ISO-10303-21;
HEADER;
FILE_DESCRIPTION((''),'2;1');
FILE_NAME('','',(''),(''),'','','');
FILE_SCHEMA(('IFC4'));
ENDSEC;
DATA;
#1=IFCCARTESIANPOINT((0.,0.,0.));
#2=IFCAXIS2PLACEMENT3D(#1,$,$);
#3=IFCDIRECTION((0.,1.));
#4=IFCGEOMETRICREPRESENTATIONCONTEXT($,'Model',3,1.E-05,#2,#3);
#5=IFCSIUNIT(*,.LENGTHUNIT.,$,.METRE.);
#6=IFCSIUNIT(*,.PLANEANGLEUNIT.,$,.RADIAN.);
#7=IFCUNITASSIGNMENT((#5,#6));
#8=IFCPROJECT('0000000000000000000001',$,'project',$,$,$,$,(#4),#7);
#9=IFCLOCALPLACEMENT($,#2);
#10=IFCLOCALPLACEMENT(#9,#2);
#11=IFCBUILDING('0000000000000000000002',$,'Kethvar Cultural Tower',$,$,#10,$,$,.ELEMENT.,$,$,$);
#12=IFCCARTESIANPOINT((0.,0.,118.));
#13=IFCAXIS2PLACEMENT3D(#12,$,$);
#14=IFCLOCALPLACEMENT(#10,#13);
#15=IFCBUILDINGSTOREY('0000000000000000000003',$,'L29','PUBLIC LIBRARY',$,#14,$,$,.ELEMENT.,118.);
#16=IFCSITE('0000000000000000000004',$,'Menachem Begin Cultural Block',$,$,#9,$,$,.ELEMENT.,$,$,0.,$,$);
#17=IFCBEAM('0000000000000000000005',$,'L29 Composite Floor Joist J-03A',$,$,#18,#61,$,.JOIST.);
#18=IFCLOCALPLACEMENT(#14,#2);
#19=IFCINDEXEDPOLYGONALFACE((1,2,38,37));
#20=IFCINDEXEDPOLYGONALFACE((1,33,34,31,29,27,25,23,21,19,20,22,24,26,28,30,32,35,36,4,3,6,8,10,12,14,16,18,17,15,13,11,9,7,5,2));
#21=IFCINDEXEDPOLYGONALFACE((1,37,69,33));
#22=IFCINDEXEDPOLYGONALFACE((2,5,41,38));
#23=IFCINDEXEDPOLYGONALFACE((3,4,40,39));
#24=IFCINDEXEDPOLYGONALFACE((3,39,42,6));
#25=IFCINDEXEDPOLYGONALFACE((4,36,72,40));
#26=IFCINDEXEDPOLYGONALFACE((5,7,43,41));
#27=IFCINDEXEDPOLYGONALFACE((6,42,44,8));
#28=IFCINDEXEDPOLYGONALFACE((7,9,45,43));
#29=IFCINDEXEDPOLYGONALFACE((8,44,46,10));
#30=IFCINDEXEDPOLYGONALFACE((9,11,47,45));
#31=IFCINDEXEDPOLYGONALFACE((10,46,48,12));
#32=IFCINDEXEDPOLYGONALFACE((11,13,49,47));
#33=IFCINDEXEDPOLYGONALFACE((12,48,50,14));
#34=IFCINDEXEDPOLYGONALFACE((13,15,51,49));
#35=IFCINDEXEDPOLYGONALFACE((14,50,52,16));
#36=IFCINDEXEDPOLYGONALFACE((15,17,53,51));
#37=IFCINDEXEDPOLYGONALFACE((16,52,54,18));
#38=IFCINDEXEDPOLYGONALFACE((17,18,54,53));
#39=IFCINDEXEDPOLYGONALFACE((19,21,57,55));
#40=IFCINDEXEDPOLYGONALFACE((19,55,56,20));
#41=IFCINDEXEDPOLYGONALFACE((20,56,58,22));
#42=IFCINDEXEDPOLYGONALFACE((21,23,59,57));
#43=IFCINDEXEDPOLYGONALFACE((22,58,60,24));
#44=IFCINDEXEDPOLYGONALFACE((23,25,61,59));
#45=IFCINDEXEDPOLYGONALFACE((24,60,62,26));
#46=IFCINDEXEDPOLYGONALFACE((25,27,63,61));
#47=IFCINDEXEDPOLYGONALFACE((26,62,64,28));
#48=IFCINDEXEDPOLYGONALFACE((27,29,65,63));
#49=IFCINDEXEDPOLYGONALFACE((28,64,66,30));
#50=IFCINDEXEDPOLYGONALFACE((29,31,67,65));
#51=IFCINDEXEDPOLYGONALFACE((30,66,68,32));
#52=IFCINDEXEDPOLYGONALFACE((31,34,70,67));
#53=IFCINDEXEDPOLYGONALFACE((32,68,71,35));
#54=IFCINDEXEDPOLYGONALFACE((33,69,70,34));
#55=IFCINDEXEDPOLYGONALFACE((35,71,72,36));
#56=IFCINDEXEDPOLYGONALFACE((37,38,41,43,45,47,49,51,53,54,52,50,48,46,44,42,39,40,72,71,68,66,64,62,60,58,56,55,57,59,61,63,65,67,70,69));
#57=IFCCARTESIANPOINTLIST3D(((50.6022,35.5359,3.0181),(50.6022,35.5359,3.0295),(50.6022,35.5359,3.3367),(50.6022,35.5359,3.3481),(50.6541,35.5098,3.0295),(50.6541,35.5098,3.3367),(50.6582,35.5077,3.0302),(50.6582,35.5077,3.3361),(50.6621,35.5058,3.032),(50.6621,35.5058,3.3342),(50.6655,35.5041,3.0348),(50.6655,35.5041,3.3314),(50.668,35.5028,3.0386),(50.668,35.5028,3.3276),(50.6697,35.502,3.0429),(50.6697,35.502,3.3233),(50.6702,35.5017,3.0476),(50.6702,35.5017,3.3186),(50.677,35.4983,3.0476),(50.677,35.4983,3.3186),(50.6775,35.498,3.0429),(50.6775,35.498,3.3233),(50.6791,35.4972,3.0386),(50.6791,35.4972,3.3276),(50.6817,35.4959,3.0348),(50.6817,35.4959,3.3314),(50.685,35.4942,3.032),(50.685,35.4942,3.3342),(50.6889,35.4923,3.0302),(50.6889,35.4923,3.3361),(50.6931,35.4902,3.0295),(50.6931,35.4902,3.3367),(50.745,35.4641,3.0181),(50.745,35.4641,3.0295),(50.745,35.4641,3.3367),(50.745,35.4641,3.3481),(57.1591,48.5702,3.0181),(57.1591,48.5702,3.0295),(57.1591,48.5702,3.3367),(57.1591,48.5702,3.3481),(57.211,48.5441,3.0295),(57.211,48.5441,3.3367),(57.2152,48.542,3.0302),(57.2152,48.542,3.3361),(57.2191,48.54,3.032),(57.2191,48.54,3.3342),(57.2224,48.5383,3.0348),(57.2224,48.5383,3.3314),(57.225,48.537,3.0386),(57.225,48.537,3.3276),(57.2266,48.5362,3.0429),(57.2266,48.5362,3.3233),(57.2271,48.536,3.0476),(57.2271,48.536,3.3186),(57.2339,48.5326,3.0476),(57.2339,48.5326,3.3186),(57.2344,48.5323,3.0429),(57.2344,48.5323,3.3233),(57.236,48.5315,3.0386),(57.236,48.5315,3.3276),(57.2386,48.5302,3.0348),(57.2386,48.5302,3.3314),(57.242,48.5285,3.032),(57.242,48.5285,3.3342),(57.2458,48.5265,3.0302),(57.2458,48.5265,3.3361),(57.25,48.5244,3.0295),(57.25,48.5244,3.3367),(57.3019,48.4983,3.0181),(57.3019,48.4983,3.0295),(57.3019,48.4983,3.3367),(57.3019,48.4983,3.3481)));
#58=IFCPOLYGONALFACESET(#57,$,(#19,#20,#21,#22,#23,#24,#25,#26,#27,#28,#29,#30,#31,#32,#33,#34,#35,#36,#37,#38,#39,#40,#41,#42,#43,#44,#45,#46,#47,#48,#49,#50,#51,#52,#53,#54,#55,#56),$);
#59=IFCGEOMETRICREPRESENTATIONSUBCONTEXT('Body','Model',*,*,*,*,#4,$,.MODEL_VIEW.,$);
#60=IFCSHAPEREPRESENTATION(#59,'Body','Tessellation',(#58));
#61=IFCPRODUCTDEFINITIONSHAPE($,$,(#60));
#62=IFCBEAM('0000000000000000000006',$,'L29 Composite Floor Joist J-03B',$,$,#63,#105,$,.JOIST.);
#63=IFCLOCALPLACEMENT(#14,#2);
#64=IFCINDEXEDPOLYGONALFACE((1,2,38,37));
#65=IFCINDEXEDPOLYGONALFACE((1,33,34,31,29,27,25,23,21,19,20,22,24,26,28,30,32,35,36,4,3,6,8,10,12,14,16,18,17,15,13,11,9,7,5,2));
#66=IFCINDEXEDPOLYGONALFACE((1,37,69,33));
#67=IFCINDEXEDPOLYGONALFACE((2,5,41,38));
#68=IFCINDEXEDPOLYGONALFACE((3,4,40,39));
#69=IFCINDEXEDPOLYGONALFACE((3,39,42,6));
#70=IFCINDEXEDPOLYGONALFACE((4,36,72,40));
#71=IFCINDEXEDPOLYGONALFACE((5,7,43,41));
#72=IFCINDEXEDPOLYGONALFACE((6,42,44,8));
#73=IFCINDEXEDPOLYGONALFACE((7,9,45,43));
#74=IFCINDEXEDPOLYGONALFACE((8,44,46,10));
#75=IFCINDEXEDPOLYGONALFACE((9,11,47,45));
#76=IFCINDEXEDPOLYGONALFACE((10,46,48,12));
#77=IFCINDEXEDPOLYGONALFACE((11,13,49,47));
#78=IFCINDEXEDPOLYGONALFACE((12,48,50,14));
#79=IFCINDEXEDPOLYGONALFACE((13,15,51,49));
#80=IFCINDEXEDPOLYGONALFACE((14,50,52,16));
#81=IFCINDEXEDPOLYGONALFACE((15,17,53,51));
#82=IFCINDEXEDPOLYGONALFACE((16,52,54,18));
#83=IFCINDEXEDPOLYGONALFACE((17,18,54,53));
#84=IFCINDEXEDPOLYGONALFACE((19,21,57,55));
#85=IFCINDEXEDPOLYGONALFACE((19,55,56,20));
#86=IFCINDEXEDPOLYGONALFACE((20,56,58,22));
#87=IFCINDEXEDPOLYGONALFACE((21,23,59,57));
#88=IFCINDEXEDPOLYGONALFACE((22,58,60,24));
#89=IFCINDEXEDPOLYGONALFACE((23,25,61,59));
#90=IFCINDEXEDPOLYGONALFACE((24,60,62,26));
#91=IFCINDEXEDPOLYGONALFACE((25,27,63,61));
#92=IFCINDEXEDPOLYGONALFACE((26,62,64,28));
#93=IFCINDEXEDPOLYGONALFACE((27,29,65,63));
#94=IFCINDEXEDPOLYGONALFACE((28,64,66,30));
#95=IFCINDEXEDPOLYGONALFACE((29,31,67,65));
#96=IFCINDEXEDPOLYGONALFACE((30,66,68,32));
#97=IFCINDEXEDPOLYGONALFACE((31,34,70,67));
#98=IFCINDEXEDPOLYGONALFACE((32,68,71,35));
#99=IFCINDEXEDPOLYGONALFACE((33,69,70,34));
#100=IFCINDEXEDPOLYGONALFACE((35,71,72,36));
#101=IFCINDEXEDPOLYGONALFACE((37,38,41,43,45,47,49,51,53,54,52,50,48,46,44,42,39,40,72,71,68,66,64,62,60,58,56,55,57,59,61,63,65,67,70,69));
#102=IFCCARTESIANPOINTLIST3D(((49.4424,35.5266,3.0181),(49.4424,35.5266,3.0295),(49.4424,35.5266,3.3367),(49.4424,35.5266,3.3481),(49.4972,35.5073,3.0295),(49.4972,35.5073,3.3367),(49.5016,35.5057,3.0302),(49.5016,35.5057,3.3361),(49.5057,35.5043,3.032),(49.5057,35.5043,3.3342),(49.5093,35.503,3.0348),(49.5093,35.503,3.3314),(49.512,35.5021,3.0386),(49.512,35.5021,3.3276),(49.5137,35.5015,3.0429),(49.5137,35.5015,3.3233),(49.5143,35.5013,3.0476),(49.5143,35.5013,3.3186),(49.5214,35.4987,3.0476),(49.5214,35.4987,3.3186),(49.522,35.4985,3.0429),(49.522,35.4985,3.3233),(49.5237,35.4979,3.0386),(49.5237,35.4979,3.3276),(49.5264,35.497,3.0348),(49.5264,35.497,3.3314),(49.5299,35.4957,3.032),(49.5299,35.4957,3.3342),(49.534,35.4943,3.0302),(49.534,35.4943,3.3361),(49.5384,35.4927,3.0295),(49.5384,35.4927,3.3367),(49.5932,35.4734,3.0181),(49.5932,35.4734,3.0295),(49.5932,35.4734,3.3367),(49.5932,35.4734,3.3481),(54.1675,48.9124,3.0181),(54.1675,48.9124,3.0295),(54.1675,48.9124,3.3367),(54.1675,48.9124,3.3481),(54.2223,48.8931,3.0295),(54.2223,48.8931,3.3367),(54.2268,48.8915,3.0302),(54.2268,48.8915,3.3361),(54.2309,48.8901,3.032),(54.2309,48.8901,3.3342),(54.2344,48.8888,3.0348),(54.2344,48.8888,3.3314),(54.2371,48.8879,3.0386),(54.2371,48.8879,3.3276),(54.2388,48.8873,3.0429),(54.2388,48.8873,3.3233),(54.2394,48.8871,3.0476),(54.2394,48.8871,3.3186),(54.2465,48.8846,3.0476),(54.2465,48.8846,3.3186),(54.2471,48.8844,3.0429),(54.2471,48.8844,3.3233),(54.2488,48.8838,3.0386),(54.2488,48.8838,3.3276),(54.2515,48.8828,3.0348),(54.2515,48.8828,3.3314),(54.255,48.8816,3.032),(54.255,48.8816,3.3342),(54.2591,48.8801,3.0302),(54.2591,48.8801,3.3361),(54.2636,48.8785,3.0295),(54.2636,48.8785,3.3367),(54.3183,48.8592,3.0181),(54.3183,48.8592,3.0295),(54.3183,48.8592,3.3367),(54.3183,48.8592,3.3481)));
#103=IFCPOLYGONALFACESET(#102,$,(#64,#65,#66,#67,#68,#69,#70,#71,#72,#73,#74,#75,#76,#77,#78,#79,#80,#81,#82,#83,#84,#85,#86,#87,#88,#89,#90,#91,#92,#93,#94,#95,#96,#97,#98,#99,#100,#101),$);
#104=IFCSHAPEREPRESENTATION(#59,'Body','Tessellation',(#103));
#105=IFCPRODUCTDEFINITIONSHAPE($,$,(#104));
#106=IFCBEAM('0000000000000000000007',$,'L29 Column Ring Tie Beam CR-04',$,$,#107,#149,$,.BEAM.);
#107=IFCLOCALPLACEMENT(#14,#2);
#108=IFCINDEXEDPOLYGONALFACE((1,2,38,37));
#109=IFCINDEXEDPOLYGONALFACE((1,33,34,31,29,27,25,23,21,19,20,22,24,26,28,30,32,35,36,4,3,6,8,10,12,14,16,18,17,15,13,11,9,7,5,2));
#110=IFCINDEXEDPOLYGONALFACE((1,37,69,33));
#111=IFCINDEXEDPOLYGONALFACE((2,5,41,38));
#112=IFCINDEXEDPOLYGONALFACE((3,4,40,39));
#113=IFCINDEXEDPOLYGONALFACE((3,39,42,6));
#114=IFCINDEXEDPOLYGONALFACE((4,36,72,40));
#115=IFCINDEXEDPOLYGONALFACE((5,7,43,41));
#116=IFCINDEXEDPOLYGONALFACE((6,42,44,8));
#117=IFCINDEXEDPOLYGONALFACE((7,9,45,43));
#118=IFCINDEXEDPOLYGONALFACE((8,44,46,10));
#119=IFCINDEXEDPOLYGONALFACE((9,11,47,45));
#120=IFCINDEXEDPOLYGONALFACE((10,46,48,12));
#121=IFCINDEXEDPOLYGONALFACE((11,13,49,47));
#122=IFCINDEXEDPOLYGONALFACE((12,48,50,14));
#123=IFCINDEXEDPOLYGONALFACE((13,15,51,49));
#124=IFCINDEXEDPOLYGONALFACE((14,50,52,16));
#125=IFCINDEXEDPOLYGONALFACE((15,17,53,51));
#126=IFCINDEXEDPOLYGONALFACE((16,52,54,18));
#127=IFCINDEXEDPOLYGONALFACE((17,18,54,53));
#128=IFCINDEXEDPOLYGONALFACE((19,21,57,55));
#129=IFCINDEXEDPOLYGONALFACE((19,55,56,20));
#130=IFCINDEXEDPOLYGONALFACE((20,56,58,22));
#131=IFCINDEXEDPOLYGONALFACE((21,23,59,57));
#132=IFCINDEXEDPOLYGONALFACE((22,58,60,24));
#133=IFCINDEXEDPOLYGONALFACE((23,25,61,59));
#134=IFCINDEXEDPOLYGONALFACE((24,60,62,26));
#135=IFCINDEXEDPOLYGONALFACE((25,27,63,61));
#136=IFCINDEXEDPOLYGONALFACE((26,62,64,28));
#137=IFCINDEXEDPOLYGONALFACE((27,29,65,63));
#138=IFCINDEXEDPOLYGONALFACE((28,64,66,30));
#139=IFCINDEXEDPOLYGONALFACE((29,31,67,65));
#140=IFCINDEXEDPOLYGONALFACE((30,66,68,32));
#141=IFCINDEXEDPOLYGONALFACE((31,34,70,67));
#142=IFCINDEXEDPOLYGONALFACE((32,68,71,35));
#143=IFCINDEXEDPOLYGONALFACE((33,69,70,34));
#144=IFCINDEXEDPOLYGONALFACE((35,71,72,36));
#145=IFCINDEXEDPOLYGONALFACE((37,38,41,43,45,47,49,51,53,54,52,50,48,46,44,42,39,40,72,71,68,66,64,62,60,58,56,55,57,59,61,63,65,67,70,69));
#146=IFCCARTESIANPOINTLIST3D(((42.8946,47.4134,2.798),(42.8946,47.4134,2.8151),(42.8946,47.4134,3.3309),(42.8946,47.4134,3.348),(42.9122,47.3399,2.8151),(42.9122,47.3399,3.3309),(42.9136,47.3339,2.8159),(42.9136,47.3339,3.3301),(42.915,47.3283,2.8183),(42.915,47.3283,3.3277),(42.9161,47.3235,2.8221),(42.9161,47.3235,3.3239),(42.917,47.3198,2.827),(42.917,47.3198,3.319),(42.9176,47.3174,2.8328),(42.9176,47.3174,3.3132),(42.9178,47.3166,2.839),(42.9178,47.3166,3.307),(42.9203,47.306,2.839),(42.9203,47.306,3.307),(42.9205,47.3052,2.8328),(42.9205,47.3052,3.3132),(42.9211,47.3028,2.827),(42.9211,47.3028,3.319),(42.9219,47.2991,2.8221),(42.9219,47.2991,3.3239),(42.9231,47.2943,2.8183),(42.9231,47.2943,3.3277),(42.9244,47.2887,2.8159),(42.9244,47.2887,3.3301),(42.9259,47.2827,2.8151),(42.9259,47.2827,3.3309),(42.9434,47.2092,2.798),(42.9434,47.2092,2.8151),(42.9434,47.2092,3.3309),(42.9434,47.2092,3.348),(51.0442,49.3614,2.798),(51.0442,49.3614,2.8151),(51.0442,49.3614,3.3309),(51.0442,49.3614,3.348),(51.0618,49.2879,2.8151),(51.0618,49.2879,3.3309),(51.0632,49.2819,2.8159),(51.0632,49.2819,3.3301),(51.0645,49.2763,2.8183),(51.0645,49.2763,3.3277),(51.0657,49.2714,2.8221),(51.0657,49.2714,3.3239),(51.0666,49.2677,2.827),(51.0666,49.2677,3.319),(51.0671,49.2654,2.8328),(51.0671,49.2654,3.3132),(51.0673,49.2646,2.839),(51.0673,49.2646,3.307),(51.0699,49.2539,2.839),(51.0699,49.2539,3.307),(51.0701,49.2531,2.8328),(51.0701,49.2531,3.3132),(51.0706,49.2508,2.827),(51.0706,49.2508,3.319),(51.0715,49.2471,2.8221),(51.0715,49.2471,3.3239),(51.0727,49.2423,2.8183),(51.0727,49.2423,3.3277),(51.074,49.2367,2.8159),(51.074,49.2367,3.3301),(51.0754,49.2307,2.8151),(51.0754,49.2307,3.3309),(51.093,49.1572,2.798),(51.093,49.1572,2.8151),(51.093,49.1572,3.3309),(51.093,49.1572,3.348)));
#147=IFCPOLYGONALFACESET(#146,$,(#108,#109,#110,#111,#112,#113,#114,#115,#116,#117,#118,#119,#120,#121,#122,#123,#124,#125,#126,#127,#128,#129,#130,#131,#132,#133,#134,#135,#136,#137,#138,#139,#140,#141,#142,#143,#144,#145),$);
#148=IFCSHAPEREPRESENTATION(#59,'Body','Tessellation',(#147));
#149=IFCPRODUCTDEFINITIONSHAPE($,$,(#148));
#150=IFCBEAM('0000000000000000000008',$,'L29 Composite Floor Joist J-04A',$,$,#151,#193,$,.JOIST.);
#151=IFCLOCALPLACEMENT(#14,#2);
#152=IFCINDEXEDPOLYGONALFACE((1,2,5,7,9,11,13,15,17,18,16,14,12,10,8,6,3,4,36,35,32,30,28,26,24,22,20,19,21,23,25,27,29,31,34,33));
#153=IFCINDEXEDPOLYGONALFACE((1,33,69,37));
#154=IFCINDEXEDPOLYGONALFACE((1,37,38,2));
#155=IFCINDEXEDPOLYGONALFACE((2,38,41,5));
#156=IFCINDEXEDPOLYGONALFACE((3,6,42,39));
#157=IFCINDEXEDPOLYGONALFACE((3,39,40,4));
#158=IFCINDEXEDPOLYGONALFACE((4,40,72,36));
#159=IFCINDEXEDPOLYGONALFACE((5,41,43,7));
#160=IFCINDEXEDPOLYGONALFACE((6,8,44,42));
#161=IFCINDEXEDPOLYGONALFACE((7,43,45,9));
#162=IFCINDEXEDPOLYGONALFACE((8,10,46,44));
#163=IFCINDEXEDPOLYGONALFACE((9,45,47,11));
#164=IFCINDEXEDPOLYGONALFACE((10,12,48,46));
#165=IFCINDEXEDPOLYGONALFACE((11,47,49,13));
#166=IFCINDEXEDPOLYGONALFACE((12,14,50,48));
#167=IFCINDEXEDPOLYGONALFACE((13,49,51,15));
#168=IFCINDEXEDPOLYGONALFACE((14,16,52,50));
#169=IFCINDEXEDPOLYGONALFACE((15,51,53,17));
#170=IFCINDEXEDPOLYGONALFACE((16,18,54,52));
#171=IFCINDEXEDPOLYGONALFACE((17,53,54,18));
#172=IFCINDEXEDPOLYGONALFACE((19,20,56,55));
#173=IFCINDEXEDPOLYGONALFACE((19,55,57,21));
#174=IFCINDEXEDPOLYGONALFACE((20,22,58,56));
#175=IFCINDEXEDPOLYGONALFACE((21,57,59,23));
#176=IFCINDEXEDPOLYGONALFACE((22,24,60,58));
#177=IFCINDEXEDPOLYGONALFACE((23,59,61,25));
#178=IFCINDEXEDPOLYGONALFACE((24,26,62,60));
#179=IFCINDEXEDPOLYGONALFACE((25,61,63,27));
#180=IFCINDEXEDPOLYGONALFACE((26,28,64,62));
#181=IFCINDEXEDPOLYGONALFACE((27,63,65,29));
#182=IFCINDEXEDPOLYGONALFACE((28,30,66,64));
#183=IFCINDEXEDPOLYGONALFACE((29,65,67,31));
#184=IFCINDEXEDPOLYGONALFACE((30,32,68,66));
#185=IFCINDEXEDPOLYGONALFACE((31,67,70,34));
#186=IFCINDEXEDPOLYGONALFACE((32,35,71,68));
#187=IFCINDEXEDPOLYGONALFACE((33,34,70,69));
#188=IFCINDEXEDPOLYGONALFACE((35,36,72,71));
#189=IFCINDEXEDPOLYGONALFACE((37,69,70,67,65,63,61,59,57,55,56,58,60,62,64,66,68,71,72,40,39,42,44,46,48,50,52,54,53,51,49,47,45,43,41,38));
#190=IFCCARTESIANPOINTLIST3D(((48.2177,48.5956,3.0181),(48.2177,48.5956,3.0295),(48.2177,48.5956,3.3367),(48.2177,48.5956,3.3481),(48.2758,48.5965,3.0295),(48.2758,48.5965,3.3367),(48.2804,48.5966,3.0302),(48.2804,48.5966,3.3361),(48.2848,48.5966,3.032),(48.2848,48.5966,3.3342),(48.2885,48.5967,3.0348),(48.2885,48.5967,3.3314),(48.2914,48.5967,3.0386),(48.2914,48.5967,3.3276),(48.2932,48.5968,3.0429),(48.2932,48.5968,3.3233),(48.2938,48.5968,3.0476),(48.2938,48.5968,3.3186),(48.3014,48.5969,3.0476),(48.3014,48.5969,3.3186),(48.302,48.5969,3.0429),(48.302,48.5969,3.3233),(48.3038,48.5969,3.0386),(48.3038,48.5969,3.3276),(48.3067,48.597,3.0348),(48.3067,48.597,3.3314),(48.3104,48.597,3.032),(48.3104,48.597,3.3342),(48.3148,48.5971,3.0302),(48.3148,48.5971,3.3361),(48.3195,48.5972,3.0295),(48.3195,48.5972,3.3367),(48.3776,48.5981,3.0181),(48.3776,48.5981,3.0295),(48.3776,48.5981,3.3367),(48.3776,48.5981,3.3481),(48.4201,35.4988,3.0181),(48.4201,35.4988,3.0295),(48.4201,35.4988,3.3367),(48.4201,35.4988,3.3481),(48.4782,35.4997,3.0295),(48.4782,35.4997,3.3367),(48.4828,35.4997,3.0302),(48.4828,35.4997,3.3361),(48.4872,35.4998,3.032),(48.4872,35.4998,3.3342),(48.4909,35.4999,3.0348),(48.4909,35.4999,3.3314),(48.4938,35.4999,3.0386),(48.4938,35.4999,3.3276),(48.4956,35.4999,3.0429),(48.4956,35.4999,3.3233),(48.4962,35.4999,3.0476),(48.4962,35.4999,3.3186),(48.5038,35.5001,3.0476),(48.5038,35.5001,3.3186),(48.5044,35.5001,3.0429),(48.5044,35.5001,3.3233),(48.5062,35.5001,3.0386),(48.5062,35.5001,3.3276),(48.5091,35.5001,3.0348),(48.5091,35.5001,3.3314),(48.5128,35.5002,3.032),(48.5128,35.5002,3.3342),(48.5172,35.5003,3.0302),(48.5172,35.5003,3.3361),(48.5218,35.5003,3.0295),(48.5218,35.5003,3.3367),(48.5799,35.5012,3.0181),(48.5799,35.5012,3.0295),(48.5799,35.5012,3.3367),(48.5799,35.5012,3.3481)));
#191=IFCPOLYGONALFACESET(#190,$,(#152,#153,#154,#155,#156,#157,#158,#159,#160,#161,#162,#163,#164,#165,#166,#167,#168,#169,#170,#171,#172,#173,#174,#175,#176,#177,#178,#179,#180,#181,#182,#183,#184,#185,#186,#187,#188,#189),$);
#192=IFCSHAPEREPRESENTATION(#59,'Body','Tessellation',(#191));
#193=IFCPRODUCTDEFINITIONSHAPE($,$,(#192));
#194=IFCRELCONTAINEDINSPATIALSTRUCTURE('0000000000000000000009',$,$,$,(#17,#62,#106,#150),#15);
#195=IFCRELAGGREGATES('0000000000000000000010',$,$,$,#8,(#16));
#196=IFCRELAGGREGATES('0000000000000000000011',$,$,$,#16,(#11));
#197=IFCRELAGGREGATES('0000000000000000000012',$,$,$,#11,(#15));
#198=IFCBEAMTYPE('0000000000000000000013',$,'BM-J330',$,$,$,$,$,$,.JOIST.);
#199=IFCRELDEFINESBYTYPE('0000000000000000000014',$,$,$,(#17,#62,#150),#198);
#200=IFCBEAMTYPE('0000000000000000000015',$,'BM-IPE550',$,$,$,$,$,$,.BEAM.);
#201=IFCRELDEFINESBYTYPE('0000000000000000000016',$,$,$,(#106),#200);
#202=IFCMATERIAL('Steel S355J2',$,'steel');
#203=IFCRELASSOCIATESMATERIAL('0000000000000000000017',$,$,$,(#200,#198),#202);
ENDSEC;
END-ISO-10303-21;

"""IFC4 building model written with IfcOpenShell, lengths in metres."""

from ifc_helpers import new_model, si_unit, direction, frame, origin, origin_2d, place, context, subcontext, project, spatial, i_section, extrude, source, transform, mapped, material, material_profile, profile_set, type_object, element, save


model = new_model("IFC4")

# Units and contexts
model_context = context("Model", 3, precision=1e-05, world=origin(), true_north=direction((0.0, 1.0)))
body_context = subcontext(model_context, "Body", "Model", "MODEL_VIEW")
ifc_project = project(units=[si_unit("LENGTHUNIT", "METRE"), si_unit("PLANEANGLEUNIT", "RADIAN")], contexts=[model_context])

# Site, building, storey
site_placement = place(None, origin())
site = spatial("IfcSite", under=ifc_project, at=site_placement, Name="Menachem Begin Cultural Block", CompositionType="ELEMENT", RefElevation=0.0)
building_placement = place(site_placement, origin())
building = spatial("IfcBuilding", under=site, at=building_placement, Name="Kethvar Cultural Tower", CompositionType="ELEMENT")
storey_placement = place(building_placement, frame((0.0, 0.0, 118.0)))
storey = spatial("IfcBuildingStorey", under=building, at=storey_placement, Name="L29", Description="PUBLIC LIBRARY", CompositionType="ELEMENT", Elevation=118.0)

# Beams
ifc_material_1 = material(Name="Steel S355J2", Category="steel")
ifc_material_profile_1 = material_profile(ifc_material_1, i_section(OverallWidth=0.21, OverallDepth=0.55, WebThickness=0.011, FlangeThickness=0.0171, FilletRadius=0.0239, at=origin_2d()), Name="Steel S355J2 — IPE550")
ifc_profile_set_1 = profile_set([ifc_material_profile_1], Name="Steel S355J2 — IPE550")
beam_type_1 = type_object("IfcBeamType", Name="BM-IPE550", PredefinedType="BEAM", material=ifc_profile_set_1)
ifc_material_profile_2 = material_profile(ifc_material_1, i_section(OverallWidth=0.1599, OverallDepth=0.3301, WebThickness=0.0076, FlangeThickness=0.0115, FilletRadius=0.0181, at=origin_2d()), Name="Steel S355J2 — IPE330")
ifc_profile_set_2 = profile_set([ifc_material_profile_2], Name="Steel S355J2 — IPE330")
beam_type_2 = type_object("IfcBeamType", Name="BM-J330", PredefinedType="JOIST", material=ifc_profile_set_2)
shared_shape_1 = source(origin(), body_context, "Body", "SweptSolid", [
    extrude(i_section(OverallWidth=0.1599, OverallDepth=0.3301, WebThickness=0.0076, FlangeThickness=0.0115, FilletRadius=0.0181, at=origin_2d()), origin(), (0.0, 0.0, 1.0), 14.5906),
])
beam_1_placement = place(storey_placement, frame((50.6736, 35.5, 3.1831), z_axis=(0.449394, 0.893334, 0.0), x_axis=(-0.893334, 0.449394, 0.0)))
element("IfcBeam", 1, at=beam_1_placement, inside=storey, type_object=beam_type_2, Name="L29 Composite Floor Joist J-03A", PredefinedType="JOIST", context=body_context, shape_type="MappedRepresentation", body=[
    mapped(shared_shape_1, transform((0.0, 0.0, 0.0), scale=1.0)),
])
shared_shape_2 = source(origin(), body_context, "Body", "SweptSolid", [
    extrude(i_section(OverallWidth=0.1599, OverallDepth=0.3301, WebThickness=0.0076, FlangeThickness=0.0115, FilletRadius=0.0181, at=origin_2d()), origin(), (0.0, 0.0, 1.0), 14.1953),
])
beam_2_placement = place(storey_placement, frame((49.5178, 35.5, 3.1831), z_axis=(0.332865, 0.942974, 0.0), x_axis=(-0.942974, 0.332865, 0.0)))
element("IfcBeam", 2, at=beam_2_placement, inside=storey, type_object=beam_type_2, Name="L29 Composite Floor Joist J-03B", PredefinedType="JOIST", context=body_context, shape_type="MappedRepresentation", body=[
    mapped(shared_shape_2, transform((0.0, 0.0, 0.0), scale=1.0)),
])
shared_shape_3 = source(origin(), body_context, "Body", "SweptSolid", [
    extrude(i_section(OverallWidth=0.21, OverallDepth=0.55, WebThickness=0.011, FlangeThickness=0.0171, FilletRadius=0.0239, at=origin_2d()), origin(), (0.0, 0.0, 1.0), 8.3792),
])
beam_3_placement = place(storey_placement, frame((51.0686, 49.2593, 3.073), z_axis=(-0.972601, -0.232479, 0.0), x_axis=(0.232479, -0.972601, 0.0)))
element("IfcBeam", 3, at=beam_3_placement, inside=storey, type_object=beam_type_1, Name="L29 Column Ring Tie Beam CR-04", PredefinedType="BEAM", context=body_context, shape_type="MappedRepresentation", body=[
    mapped(shared_shape_3, transform((0.0, 0.0, 0.0), scale=1.0)),
])
shared_shape_4 = source(origin(), body_context, "Body", "SweptSolid", [
    extrude(i_section(OverallWidth=0.1599, OverallDepth=0.3301, WebThickness=0.0076, FlangeThickness=0.0115, FilletRadius=0.0181, at=origin_2d()), origin(), (0.0, 0.0, 1.0), 13.0984),
])
beam_4_placement = place(storey_placement, frame((48.5, 35.5, 3.1831), z_axis=(-0.015452, 0.999881, 0.0), x_axis=(-0.999881, -0.015452, 0.0)))
element("IfcBeam", 4, at=beam_4_placement, inside=storey, type_object=beam_type_2, Name="L29 Composite Floor Joist J-04A", PredefinedType="JOIST", context=body_context, shape_type="MappedRepresentation", body=[
    mapped(shared_shape_4, transform((0.0, 0.0, 0.0), scale=1.0)),
])

save(model, "model.ifc")
